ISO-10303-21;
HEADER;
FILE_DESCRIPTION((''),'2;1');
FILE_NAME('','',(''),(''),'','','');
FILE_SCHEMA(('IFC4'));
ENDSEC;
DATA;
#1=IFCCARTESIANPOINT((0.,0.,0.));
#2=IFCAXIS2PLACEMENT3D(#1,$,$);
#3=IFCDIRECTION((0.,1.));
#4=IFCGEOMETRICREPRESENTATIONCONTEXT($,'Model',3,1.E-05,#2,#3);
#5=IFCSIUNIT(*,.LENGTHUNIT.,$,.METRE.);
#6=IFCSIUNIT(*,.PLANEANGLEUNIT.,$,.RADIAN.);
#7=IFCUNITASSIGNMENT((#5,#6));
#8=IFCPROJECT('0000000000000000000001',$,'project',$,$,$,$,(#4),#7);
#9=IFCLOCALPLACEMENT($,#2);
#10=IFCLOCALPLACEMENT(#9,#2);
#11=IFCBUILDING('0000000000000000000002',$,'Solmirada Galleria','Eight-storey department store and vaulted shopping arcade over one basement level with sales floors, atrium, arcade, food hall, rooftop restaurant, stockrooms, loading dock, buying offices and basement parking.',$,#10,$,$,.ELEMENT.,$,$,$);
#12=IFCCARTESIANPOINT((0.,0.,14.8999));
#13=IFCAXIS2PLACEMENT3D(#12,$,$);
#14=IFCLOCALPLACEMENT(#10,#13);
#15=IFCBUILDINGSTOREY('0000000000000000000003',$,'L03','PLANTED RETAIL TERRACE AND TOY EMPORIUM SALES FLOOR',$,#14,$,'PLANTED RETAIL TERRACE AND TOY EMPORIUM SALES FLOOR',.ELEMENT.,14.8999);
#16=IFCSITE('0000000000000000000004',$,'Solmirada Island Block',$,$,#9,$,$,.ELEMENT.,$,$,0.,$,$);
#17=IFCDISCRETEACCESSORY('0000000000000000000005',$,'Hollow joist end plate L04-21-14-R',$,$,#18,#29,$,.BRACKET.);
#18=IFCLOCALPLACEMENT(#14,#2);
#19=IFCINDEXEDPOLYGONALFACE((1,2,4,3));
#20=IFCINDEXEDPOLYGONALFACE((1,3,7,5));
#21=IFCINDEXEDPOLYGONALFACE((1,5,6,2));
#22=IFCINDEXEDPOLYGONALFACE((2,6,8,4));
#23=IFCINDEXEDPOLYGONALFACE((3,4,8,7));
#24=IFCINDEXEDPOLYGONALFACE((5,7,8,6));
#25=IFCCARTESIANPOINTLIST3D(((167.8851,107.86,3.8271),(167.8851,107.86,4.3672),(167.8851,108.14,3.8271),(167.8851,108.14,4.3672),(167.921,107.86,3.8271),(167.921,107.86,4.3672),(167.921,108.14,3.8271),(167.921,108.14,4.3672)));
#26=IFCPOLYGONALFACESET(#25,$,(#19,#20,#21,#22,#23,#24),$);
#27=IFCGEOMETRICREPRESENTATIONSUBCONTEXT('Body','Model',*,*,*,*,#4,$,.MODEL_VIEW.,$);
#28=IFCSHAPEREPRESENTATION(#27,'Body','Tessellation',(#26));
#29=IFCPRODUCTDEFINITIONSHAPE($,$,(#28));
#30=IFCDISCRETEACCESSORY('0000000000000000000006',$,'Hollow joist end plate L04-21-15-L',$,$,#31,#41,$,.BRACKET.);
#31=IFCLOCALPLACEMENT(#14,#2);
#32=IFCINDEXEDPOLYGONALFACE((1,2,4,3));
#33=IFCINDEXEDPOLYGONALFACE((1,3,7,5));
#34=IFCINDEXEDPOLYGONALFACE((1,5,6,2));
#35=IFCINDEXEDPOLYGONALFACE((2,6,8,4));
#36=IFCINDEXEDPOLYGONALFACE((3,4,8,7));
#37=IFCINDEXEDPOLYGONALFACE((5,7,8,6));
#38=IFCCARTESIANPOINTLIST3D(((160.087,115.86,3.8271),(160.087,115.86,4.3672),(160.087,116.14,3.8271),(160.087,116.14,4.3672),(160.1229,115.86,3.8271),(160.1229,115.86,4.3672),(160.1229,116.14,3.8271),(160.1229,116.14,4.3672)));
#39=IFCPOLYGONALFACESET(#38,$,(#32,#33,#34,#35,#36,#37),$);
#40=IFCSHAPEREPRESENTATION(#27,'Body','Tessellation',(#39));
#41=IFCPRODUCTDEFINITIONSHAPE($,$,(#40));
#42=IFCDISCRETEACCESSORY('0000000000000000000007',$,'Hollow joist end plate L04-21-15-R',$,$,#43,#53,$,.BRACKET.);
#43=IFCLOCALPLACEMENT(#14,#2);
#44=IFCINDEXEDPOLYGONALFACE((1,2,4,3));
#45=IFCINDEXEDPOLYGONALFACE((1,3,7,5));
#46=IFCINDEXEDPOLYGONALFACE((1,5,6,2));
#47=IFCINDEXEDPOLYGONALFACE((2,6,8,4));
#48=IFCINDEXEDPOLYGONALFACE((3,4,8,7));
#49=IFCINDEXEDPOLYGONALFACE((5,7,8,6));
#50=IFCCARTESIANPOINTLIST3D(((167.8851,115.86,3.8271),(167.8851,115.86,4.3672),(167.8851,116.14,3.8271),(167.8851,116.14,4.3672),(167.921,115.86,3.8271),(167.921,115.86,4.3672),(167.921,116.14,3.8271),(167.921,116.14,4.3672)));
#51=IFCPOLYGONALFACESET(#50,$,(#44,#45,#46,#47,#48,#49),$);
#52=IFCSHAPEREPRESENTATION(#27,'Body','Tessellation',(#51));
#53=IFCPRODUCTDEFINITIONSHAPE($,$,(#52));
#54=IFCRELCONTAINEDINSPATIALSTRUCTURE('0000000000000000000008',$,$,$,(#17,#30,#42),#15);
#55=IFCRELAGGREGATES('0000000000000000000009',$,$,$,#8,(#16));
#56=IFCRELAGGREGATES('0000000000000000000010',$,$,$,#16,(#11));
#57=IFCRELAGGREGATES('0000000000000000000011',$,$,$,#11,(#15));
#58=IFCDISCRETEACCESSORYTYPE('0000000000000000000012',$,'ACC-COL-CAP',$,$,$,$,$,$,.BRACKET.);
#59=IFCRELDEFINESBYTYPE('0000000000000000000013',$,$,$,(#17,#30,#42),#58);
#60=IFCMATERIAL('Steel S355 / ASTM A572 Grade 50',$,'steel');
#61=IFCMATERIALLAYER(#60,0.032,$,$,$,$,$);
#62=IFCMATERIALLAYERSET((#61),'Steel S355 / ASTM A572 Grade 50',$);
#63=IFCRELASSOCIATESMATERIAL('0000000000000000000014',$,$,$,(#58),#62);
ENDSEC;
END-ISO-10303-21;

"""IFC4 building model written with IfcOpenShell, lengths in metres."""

from ifc_helpers import new_model, si_unit, direction, frame, origin, origin_2d, place, context, subcontext, project, spatial, rectangle, extrude, material, layer, layer_set, type_object, element, save


model = new_model("IFC4")

# Units and contexts
model_context = context("Model", 3, precision=1e-05, world=origin(), true_north=direction((0.0, 1.0)))
body_context = subcontext(model_context, "Body", "Model", "MODEL_VIEW")
ifc_project = project(units=[si_unit("LENGTHUNIT", "METRE"), si_unit("PLANEANGLEUNIT", "RADIAN")], contexts=[model_context])

# Site, building, storey
site_placement = place(None, origin())
site = spatial("IfcSite", under=ifc_project, at=site_placement, Name="Solmirada Island Block", CompositionType="ELEMENT", RefElevation=0.0)
building_placement = place(site_placement, origin())
building = spatial("IfcBuilding", under=site, at=building_placement, Name="Solmirada Galleria", Description="Eight-storey department store and vaulted shopping arcade over one basement level with sales floors, atrium, arcade, food hall, rooftop restaurant, stockrooms, loading dock, buying offices and basement parking.", CompositionType="ELEMENT")
storey_placement = place(building_placement, frame((0.0, 0.0, 14.8999)))
storey = spatial("IfcBuildingStorey", under=building, at=storey_placement, Name="L03", Description="PLANTED RETAIL TERRACE AND TOY EMPORIUM SALES FLOOR", LongName="PLANTED RETAIL TERRACE AND TOY EMPORIUM SALES FLOOR", CompositionType="ELEMENT", Elevation=14.8999)

# Discrete accessories
ifc_material_1 = material(Name="Steel S355 / ASTM A572 Grade 50", Category="steel")
ifc_layer_1 = layer(ifc_material_1, 0.032)
ifc_layer_set_1 = layer_set([ifc_layer_1], Name="Steel S355 / ASTM A572 Grade 50")
discrete_accessory_type = type_object("IfcDiscreteAccessoryType", Name="ACC-COL-CAP", PredefinedType="BRACKET", material=ifc_layer_set_1)
for number, where, z_axis, x_axis, name in (
    (1, (167.9031, 108.0, 3.8271), (0.0, 0.0, 1.0), (1.0, 0.0, 0.0), "Hollow joist end plate L04-21-14-R"),
    (2, (160.105, 116.0, 3.8271), (0.0, 0.0, 1.0), (1.0, 0.0, 0.0), "Hollow joist end plate L04-21-15-L"),
    (3, (167.9031, 116.0, 3.8271), (0.0, 0.0, 1.0), (1.0, 0.0, 0.0), "Hollow joist end plate L04-21-15-R"),
):
    element("IfcDiscreteAccessory", number, at=place(storey_placement, frame(where, z_axis=z_axis, x_axis=x_axis)), inside=storey, type_object=discrete_accessory_type, Name=name, PredefinedType="BRACKET", context=body_context, shape_type="SweptSolid", body=[
        extrude(rectangle(XDim=0.0359, YDim=0.28, at=origin_2d()), origin(), (0.0, 0.0, 1.0), 0.54),
    ])

save(model, "model.ifc")
